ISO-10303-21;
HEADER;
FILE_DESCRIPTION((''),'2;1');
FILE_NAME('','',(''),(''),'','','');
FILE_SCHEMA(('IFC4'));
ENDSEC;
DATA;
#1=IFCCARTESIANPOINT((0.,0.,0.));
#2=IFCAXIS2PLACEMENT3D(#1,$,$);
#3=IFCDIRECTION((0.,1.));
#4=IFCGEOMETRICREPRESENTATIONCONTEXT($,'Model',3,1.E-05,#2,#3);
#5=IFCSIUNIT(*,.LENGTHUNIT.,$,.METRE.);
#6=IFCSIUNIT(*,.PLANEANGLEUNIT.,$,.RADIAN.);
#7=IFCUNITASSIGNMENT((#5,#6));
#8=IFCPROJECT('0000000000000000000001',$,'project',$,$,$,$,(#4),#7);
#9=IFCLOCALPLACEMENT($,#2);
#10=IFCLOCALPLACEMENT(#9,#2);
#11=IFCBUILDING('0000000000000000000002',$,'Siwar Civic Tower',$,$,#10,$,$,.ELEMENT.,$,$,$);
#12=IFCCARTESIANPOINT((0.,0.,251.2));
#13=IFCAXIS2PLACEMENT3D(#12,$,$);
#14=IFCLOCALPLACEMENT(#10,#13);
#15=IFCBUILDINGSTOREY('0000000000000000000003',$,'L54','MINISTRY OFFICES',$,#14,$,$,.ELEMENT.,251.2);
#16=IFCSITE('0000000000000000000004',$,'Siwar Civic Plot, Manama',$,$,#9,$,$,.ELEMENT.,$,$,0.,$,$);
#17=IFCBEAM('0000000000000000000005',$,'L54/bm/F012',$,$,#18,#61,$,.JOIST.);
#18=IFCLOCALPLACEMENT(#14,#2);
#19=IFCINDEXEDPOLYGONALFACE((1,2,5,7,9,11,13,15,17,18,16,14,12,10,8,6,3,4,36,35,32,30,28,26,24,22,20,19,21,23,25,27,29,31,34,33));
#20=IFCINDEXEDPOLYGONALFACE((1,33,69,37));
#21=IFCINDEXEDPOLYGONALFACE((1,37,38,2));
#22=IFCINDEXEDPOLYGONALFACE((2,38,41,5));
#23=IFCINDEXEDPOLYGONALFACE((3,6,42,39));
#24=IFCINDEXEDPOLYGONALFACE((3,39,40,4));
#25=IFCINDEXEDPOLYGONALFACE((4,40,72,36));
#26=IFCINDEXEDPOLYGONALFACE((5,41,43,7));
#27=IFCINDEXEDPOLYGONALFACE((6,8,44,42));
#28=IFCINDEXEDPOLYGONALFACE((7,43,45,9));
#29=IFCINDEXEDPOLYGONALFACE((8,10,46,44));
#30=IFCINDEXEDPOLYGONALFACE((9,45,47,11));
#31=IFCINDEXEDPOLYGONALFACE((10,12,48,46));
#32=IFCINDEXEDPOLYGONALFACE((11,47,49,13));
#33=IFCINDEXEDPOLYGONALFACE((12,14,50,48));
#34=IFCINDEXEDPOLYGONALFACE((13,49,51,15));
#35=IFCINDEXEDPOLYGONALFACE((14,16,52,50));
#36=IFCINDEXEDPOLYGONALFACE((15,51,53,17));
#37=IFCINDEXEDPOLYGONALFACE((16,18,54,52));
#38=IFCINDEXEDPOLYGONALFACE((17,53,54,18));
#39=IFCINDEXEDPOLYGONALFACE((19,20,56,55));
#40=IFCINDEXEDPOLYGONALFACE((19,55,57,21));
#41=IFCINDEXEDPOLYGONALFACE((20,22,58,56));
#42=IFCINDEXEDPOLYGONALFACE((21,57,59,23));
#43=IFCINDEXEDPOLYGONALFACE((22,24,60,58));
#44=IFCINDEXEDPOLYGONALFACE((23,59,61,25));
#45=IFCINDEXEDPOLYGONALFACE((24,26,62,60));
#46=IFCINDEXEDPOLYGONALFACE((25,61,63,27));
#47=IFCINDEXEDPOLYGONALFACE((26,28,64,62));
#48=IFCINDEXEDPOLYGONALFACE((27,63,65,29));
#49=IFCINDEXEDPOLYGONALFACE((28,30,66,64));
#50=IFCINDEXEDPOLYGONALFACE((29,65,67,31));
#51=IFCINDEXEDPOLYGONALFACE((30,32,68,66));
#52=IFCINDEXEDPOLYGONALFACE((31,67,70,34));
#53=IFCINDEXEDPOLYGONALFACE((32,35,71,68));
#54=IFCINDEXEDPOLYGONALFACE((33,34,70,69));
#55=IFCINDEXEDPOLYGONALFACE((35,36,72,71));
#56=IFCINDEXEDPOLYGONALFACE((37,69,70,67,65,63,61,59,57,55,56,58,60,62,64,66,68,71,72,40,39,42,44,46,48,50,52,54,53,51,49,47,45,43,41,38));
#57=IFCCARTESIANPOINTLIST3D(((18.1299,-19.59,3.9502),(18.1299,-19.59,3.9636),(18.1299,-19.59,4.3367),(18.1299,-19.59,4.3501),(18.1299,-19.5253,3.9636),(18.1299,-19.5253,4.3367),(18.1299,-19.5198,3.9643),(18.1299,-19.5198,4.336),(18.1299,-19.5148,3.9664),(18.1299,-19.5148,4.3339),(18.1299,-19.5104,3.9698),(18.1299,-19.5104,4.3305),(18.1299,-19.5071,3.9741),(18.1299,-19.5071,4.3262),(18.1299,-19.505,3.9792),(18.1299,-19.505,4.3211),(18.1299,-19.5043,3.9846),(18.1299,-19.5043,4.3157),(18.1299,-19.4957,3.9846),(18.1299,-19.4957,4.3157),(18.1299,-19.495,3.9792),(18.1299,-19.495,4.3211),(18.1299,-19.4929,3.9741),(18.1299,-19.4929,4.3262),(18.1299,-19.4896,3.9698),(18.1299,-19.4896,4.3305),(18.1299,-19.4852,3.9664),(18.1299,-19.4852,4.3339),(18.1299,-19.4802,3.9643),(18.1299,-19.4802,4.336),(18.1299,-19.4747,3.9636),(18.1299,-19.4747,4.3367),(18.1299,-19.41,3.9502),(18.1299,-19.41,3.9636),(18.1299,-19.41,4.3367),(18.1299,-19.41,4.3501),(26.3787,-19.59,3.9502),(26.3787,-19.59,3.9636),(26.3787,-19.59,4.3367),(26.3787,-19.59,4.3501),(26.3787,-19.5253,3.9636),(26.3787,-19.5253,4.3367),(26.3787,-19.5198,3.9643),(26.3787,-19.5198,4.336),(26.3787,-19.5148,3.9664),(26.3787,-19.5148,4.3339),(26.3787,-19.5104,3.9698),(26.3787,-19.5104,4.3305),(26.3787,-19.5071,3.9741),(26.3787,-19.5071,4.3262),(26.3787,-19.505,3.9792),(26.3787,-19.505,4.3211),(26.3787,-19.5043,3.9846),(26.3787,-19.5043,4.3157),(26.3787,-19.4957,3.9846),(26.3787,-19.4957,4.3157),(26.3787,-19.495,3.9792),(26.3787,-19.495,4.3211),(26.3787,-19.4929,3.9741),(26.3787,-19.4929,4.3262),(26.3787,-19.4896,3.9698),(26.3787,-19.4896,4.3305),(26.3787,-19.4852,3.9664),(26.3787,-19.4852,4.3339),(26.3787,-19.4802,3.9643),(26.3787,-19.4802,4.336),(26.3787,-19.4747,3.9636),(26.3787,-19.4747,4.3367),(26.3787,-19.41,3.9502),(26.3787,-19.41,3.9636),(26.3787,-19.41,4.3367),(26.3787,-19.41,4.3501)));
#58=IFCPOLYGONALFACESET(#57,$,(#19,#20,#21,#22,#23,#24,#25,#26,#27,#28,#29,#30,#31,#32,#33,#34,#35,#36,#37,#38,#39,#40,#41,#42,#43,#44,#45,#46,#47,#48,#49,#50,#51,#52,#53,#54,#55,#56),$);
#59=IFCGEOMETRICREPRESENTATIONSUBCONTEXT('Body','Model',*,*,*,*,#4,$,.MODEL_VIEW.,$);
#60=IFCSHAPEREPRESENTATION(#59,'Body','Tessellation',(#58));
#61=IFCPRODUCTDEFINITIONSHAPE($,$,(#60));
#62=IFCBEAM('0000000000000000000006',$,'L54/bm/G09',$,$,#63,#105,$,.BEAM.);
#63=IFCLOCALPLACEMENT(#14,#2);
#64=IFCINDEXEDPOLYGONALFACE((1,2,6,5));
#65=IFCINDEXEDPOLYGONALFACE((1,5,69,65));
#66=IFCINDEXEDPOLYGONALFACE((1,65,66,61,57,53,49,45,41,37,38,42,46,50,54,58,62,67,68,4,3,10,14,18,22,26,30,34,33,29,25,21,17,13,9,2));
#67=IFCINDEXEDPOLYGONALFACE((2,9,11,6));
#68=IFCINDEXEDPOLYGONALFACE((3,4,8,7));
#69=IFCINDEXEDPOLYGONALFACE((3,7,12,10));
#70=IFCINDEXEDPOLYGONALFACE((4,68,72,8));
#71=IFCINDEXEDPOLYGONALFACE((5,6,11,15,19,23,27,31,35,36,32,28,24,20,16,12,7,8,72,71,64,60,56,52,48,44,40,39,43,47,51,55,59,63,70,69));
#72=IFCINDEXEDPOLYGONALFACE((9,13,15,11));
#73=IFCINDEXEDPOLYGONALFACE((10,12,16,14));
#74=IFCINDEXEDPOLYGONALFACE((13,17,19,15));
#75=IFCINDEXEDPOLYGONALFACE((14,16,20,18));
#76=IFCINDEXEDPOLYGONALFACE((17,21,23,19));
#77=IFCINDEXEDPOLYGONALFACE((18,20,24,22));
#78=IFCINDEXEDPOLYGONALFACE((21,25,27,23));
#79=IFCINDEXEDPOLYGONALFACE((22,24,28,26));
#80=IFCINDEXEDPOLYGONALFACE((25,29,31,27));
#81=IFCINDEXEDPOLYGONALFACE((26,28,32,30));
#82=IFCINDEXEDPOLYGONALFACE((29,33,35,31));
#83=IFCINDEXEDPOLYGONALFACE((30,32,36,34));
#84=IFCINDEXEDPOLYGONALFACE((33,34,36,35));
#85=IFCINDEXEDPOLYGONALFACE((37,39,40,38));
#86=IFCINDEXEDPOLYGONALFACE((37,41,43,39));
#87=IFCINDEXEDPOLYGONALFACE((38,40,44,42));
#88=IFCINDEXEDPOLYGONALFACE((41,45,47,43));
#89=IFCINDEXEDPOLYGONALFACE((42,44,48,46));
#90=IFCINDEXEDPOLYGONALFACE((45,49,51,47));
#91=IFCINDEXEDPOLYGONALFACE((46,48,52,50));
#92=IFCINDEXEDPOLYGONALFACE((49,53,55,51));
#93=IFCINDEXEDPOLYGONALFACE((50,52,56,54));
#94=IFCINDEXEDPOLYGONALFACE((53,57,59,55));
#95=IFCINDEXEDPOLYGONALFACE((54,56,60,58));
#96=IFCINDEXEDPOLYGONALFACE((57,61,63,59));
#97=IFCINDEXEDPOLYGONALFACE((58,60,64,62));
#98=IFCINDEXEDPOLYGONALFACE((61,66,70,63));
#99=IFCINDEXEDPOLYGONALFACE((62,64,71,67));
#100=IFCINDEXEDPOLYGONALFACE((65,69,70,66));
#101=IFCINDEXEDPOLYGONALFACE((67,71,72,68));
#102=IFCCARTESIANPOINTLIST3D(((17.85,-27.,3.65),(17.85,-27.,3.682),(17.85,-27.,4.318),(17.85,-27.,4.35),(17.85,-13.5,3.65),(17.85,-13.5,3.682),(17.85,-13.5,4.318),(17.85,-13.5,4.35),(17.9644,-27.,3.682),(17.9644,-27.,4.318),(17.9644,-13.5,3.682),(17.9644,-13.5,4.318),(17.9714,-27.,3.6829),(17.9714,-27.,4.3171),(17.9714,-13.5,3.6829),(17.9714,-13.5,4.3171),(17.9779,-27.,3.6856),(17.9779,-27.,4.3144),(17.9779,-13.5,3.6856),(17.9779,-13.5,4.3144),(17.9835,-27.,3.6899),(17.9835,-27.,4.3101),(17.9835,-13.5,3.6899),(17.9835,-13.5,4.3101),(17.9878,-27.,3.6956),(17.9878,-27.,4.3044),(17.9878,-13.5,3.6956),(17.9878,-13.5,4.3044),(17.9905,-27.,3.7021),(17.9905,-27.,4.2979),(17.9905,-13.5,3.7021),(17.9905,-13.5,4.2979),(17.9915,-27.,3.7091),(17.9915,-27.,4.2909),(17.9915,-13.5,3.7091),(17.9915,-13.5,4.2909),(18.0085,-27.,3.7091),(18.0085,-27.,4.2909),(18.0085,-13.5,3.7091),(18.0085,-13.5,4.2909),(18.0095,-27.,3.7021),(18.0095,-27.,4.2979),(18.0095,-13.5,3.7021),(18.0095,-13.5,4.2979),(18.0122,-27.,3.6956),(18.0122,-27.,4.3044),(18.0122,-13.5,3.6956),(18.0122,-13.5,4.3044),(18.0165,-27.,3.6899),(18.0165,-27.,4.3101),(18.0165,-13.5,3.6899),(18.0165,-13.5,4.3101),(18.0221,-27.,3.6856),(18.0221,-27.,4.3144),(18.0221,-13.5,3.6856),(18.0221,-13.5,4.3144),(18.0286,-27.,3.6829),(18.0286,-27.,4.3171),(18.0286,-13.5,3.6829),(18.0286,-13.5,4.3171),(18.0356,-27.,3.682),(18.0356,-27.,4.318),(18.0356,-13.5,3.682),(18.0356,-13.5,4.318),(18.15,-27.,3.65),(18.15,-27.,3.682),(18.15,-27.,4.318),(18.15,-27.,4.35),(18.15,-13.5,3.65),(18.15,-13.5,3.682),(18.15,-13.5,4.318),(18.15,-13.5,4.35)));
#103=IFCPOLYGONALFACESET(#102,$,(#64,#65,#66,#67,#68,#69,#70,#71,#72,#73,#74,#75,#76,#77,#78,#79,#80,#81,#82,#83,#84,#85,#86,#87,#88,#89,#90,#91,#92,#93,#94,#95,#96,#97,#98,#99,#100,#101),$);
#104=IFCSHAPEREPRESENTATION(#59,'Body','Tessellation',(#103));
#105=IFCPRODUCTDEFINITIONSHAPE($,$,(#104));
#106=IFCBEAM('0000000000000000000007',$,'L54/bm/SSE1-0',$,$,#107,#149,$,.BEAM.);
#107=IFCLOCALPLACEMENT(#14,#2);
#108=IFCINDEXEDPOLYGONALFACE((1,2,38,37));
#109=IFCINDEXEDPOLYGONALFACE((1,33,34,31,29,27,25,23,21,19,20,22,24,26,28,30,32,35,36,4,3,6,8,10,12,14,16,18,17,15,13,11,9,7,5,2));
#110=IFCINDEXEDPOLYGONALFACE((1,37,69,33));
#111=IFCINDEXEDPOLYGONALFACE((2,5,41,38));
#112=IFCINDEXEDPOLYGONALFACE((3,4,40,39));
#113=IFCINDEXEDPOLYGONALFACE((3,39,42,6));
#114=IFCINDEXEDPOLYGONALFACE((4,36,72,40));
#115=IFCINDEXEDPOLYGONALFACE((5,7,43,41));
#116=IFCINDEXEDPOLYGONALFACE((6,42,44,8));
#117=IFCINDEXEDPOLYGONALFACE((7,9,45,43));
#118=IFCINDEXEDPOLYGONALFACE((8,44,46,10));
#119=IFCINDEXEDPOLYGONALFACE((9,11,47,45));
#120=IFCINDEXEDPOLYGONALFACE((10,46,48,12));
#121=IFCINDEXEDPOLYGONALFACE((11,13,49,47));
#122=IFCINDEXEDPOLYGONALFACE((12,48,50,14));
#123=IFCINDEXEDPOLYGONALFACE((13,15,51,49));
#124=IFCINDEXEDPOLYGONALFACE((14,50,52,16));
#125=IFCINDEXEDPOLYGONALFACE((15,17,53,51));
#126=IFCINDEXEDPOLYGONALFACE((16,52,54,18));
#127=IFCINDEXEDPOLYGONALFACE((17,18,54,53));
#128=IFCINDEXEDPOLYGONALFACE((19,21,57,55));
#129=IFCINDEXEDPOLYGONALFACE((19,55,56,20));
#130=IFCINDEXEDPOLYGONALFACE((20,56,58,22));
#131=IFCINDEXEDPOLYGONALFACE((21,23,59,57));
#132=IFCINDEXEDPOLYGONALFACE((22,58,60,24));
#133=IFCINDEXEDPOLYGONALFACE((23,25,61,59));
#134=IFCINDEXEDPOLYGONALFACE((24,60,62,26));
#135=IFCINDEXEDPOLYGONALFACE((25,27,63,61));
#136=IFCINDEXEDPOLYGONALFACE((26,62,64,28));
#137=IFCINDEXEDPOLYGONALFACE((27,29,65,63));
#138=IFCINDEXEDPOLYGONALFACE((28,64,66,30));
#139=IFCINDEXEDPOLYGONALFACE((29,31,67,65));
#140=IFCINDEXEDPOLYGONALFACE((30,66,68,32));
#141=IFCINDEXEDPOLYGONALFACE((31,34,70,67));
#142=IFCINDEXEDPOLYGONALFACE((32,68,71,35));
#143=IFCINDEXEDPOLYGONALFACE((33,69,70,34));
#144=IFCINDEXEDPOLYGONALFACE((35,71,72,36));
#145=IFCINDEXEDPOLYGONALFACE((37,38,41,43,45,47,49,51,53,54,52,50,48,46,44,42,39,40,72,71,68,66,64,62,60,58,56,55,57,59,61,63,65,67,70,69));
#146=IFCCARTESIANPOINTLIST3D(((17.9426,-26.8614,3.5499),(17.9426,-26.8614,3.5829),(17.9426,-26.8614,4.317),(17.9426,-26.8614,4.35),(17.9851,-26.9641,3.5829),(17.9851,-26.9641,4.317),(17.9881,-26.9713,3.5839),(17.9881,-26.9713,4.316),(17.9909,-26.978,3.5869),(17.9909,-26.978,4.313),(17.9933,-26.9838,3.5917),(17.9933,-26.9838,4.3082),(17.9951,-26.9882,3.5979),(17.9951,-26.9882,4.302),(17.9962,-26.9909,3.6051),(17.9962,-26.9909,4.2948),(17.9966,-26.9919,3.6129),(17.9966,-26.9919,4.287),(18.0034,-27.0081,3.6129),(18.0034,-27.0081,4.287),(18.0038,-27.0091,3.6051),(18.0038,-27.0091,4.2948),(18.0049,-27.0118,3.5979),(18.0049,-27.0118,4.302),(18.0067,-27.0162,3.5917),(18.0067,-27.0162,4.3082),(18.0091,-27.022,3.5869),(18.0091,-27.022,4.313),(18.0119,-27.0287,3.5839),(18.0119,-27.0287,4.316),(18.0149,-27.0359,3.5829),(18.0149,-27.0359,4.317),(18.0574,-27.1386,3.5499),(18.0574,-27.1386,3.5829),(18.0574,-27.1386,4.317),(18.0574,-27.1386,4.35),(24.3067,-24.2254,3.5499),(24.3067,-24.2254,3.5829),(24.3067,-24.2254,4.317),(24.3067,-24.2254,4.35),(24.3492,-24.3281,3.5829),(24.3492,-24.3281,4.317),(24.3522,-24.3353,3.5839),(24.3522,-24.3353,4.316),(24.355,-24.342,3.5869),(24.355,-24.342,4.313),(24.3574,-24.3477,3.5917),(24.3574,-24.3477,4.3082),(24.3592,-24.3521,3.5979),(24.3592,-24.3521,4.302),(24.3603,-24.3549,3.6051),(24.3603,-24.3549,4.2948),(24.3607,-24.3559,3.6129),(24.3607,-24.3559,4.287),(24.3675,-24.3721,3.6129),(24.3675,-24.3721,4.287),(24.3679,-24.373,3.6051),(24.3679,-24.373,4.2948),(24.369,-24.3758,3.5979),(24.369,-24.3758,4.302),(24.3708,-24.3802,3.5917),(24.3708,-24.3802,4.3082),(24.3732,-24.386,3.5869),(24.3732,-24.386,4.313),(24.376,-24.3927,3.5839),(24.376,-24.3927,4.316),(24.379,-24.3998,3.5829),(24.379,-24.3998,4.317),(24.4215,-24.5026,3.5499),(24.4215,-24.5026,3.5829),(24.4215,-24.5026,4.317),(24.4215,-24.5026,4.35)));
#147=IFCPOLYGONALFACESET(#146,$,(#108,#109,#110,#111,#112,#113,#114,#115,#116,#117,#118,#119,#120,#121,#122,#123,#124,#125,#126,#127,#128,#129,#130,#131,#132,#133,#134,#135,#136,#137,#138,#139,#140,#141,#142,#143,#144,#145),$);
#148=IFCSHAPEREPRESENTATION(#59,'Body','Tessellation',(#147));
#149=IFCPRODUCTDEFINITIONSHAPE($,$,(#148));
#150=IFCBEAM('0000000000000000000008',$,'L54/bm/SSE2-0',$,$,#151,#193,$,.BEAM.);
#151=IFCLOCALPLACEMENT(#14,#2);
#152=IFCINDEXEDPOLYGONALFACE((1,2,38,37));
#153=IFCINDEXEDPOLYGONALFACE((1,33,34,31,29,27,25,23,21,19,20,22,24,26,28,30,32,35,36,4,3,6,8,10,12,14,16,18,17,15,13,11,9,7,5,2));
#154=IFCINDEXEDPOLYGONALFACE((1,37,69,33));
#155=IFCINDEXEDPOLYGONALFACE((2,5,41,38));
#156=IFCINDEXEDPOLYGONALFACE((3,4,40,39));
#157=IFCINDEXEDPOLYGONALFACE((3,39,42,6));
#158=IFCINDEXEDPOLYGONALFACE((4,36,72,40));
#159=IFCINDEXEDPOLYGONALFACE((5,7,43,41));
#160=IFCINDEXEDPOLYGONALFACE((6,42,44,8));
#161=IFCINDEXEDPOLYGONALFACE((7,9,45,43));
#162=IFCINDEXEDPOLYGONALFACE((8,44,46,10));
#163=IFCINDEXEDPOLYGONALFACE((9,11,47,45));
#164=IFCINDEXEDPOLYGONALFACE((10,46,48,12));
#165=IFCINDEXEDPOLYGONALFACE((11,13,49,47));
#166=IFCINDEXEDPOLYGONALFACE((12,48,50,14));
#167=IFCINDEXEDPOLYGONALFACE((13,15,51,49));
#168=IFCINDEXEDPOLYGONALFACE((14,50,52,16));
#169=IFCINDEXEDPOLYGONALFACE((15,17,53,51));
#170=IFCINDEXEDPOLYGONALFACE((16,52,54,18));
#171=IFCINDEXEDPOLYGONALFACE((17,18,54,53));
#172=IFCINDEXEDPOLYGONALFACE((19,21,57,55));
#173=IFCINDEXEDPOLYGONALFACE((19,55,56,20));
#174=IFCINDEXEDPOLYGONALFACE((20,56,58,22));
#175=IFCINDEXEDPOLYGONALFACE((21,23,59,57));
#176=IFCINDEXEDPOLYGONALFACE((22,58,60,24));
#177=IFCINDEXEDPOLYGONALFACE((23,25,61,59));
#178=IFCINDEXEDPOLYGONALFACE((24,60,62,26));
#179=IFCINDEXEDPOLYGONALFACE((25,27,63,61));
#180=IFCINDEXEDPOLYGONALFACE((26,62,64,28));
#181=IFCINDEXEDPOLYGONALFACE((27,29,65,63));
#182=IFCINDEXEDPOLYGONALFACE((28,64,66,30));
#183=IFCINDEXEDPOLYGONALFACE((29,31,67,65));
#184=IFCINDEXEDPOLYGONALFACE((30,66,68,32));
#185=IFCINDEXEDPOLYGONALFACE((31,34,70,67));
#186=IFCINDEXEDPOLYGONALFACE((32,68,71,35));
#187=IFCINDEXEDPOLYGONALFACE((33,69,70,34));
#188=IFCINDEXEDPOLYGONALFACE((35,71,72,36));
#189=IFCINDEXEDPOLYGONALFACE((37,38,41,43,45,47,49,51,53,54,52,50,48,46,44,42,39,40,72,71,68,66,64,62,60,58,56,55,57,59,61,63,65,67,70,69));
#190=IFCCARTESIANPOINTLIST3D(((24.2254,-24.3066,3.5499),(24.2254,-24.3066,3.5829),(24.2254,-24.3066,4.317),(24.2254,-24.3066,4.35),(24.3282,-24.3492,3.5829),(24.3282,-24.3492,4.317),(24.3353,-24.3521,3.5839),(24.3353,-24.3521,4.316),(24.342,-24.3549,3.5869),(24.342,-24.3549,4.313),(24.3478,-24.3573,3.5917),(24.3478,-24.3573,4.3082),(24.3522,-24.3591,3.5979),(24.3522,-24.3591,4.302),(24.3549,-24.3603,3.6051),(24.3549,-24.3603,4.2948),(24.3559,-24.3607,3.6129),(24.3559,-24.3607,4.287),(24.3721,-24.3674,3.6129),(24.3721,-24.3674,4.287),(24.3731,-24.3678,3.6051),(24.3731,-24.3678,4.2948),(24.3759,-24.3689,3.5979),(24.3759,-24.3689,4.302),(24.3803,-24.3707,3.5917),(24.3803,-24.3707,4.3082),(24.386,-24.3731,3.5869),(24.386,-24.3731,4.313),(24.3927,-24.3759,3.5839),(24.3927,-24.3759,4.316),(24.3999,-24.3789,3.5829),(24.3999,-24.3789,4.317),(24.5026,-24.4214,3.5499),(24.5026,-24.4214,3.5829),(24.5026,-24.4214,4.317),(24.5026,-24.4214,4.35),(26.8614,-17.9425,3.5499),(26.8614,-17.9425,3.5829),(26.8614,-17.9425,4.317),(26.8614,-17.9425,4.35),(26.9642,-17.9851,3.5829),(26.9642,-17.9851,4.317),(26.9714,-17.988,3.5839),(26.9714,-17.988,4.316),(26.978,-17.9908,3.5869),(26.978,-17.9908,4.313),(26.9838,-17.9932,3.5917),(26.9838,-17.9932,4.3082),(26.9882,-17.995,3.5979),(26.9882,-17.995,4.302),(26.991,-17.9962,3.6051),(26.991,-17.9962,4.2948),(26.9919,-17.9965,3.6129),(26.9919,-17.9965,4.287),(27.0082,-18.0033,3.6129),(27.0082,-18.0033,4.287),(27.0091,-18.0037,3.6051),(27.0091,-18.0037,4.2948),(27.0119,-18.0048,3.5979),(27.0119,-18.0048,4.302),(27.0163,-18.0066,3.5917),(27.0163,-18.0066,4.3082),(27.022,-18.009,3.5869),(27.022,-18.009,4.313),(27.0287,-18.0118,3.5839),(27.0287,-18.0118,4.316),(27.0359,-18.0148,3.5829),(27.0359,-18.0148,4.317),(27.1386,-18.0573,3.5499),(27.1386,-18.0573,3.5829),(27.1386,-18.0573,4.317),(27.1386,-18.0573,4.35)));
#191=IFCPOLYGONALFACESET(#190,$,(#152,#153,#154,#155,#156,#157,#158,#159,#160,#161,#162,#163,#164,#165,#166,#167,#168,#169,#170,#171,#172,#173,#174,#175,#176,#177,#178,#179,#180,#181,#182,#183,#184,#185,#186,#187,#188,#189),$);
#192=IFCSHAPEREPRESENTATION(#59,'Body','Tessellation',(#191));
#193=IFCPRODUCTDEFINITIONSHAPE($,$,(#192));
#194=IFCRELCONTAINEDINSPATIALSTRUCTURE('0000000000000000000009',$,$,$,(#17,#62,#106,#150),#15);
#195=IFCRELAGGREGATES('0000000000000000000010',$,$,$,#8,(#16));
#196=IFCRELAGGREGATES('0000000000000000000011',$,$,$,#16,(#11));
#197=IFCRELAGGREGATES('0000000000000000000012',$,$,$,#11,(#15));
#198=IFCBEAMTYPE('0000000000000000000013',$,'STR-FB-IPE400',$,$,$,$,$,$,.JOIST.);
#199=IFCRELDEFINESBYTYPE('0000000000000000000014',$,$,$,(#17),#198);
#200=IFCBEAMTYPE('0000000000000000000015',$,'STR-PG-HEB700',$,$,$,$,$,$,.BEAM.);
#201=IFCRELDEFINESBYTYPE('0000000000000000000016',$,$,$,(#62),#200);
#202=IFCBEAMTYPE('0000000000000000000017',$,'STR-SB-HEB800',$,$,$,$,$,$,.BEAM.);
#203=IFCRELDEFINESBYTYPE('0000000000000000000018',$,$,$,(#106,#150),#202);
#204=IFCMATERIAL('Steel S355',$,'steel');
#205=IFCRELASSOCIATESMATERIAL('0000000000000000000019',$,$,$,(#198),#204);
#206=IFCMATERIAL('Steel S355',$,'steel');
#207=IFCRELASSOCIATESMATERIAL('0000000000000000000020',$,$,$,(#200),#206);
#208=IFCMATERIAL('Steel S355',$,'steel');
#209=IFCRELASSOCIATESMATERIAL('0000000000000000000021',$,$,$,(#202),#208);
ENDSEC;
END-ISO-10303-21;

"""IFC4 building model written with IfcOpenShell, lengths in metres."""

from ifc_helpers import new_model, si_unit, direction, frame, origin, origin_2d, place, context, subcontext, project, spatial, i_section, extrude, material, material_profile, profile_set, type_object, element, save


model = new_model("IFC4")

# Units and contexts
model_context = context("Model", 3, precision=1e-05, world=origin(), true_north=direction((0.0, 1.0)))
body_context = subcontext(model_context, "Body", "Model", "MODEL_VIEW")
ifc_project = project(units=[si_unit("LENGTHUNIT", "METRE"), si_unit("PLANEANGLEUNIT", "RADIAN")], contexts=[model_context])

# Site, building, storey
site_placement = place(None, origin())
site = spatial("IfcSite", under=ifc_project, at=site_placement, Name="Siwar Civic Plot, Manama", CompositionType="ELEMENT", RefElevation=0.0)
building_placement = place(site_placement, origin())
building = spatial("IfcBuilding", under=site, at=building_placement, Name="Siwar Civic Tower", CompositionType="ELEMENT")
storey_placement = place(building_placement, frame((0.0, 0.0, 251.2)))
storey = spatial("IfcBuildingStorey", under=building, at=storey_placement, Name="L54", Description="MINISTRY OFFICES", CompositionType="ELEMENT", Elevation=251.2)

# Beams
ifc_material_1 = material(Name="Steel S355", Category="steel")
ifc_material_profile_1 = material_profile(ifc_material_1, i_section(OverallWidth=0.1799, OverallDepth=0.3999, WebThickness=0.0085, FlangeThickness=0.0134, FilletRadius=0.021, at=origin_2d()), Name="IPE400")
ifc_profile_set_1 = profile_set([ifc_material_profile_1], Name="Steel S355")
beam_type_1 = type_object("IfcBeamType", Name="STR-FB-IPE400", PredefinedType="JOIST", material=ifc_profile_set_1)
beam_1_placement = place(storey_placement, frame((18.1299, -19.5, 4.1501), z_axis=(1.0, 0.0, 0.0), x_axis=(0.0, 1.0, 0.0)))
element("IfcBeam", 1, at=beam_1_placement, inside=storey, type_object=beam_type_1, Name="L54/bm/F012", PredefinedType="JOIST", context=body_context, shape_type="SweptSolid", body=[
    extrude(i_section(OverallWidth=0.1799, OverallDepth=0.3999, WebThickness=0.0085, FlangeThickness=0.0134, FilletRadius=0.021, at=origin_2d()), origin(), (0.0, 0.0, 1.0), 8.2488),
])
ifc_material_2 = material(Name="Steel S355", Category="steel")
ifc_material_profile_2 = material_profile(ifc_material_2, i_section(OverallWidth=0.3, OverallDepth=0.7, WebThickness=0.0171, FlangeThickness=0.032, FilletRadius=0.0271, at=origin_2d()), Name="HEB700")
ifc_profile_set_2 = profile_set([ifc_material_profile_2], Name="Steel S355")
beam_type_2 = type_object("IfcBeamType", Name="STR-PG-HEB700", PredefinedType="BEAM", material=ifc_profile_set_2)
beam_2_placement = place(storey_placement, frame((18.0, -27.0, 4.0), z_axis=(0.0, 1.0, 0.0), x_axis=(-1.0, 0.0, 0.0)))
element("IfcBeam", 2, at=beam_2_placement, inside=storey, type_object=beam_type_2, Name="L54/bm/G09", PredefinedType="BEAM", context=body_context, shape_type="SweptSolid", body=[
    extrude(i_section(OverallWidth=0.3, OverallDepth=0.7, WebThickness=0.0171, FlangeThickness=0.032, FilletRadius=0.0271, at=origin_2d()), origin(), (0.0, 0.0, 1.0), 13.5),
])
ifc_material_3 = material(Name="Steel S355", Category="steel")
ifc_material_profile_3 = material_profile(ifc_material_3, i_section(OverallWidth=0.3, OverallDepth=0.8, WebThickness=0.0176, FlangeThickness=0.033, FilletRadius=0.03, at=origin_2d()), Name="HEB800")
ifc_profile_set_3 = profile_set([ifc_material_profile_3], Name="Steel S355")
beam_type_3 = type_object("IfcBeamType", Name="STR-SB-HEB800", PredefinedType="BEAM", material=ifc_profile_set_3)
for number, where, z_axis, x_axis, name in (
    (3, (18.0, -27.0, 3.95), (0.923883, 0.382674, 0.0), (-0.382674, 0.923883, 0.0), "L54/bm/SSE1-0"),
    (4, (24.364, -24.364, 3.95), (0.382674, 0.923883, 0.0), (-0.923883, 0.382674, 0.0), "L54/bm/SSE2-0"),
):
    element("IfcBeam", number, at=place(storey_placement, frame(where, z_axis=z_axis, x_axis=x_axis)), inside=storey, type_object=beam_type_3, Name=name, PredefinedType="BEAM", context=body_context, shape_type="SweptSolid", body=[
        extrude(i_section(OverallWidth=0.3, OverallDepth=0.8, WebThickness=0.0176, FlangeThickness=0.033, FilletRadius=0.03, at=origin_2d()), origin(), (0.0, 0.0, 1.0), 6.8884),
    ])

save(model, "model.ifc")
